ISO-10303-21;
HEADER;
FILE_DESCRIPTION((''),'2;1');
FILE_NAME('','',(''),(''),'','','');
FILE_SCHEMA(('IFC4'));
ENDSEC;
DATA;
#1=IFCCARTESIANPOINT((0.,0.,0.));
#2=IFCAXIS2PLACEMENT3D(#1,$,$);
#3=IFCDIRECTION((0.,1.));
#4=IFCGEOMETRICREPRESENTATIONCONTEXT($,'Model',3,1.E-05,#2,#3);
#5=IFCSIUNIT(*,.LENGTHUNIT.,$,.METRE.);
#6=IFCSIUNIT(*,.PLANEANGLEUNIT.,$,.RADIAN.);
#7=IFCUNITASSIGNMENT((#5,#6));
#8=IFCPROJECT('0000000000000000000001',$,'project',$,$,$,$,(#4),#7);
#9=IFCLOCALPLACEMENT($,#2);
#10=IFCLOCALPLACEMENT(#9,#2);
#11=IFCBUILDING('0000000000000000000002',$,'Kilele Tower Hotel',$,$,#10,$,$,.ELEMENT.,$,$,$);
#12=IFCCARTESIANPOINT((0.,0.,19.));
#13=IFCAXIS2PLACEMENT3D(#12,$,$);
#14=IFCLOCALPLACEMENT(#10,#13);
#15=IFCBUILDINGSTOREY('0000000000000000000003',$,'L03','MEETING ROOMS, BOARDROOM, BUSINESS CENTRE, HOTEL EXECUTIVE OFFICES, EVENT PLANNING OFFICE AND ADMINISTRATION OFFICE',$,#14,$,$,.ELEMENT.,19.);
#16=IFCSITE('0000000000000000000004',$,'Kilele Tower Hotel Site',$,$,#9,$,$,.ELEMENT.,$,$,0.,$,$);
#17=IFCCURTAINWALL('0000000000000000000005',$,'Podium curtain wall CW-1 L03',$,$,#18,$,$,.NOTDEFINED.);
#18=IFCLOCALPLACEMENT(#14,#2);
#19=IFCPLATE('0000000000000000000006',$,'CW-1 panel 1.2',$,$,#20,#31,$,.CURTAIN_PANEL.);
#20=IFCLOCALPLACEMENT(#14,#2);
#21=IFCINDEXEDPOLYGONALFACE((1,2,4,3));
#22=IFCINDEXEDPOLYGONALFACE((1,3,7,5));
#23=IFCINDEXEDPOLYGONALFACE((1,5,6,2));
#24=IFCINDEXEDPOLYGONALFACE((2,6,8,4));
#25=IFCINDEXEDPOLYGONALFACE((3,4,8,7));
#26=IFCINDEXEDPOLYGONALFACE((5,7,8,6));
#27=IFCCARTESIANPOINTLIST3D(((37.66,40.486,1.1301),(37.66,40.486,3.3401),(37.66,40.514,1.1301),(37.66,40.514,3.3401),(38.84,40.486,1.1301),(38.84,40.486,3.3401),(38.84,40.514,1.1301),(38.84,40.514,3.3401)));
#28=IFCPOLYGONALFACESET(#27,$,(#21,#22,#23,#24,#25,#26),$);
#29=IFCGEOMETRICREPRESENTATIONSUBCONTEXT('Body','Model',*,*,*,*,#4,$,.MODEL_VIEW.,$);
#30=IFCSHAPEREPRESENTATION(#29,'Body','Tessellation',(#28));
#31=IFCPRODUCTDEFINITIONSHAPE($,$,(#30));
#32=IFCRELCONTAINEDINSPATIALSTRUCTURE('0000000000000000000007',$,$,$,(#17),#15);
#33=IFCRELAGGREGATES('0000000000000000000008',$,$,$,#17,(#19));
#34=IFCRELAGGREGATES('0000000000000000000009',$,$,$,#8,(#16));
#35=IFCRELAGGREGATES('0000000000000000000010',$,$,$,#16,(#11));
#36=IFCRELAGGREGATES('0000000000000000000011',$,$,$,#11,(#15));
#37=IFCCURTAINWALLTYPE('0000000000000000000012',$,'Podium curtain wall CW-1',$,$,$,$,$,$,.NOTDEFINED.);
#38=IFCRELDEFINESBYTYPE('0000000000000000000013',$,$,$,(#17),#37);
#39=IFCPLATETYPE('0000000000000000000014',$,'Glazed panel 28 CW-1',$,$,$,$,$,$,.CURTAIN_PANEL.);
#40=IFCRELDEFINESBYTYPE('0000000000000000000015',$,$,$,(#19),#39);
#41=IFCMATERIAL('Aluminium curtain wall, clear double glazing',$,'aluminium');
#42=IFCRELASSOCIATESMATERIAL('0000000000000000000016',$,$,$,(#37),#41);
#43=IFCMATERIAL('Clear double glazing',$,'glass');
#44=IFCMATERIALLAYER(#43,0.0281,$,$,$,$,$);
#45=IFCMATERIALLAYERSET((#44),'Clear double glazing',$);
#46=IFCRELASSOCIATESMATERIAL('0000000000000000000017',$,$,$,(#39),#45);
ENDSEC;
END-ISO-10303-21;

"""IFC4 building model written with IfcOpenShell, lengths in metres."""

from ifc_helpers import new_model, si_unit, direction, frame, origin, origin_2d, place, context, subcontext, project, spatial, rectangle, extrude, material, layer, layer_set, type_object, element, aggregate, save


model = new_model("IFC4")

# Units and contexts
model_context = context("Model", 3, precision=1e-05, world=origin(), true_north=direction((0.0, 1.0)))
body_context = subcontext(model_context, "Body", "Model", "MODEL_VIEW")
ifc_project = project(units=[si_unit("LENGTHUNIT", "METRE"), si_unit("PLANEANGLEUNIT", "RADIAN")], contexts=[model_context])

# Site, building, storey
site_placement = place(None, origin())
site = spatial("IfcSite", under=ifc_project, at=site_placement, Name="Kilele Tower Hotel Site", CompositionType="ELEMENT", RefElevation=0.0)
building_placement = place(site_placement, origin())
building = spatial("IfcBuilding", under=site, at=building_placement, Name="Kilele Tower Hotel", CompositionType="ELEMENT")
storey_placement = place(building_placement, frame((0.0, 0.0, 19.0)))
storey = spatial("IfcBuildingStorey", under=building, at=storey_placement, Name="L03", Description="MEETING ROOMS, BOARDROOM, BUSINESS CENTRE, HOTEL EXECUTIVE OFFICES, EVENT PLANNING OFFICE AND ADMINISTRATION OFFICE", CompositionType="ELEMENT", Elevation=19.0)

# Shared definitions
ifc_material_1 = material(Name="Aluminium curtain wall, clear double glazing", Category="aluminium")
curtain_wall_type = type_object("IfcCurtainWallType", Name="Podium curtain wall CW-1", PredefinedType="NOTDEFINED", material=ifc_material_1)

# Curtain wall
curtain_wall_1_placement = place(storey_placement, origin())
curtain_wall_1 = element("IfcCurtainWall", 1, at=curtain_wall_1_placement, inside=storey, type_object=curtain_wall_type, Name="Podium curtain wall CW-1 L03", PredefinedType="NOTDEFINED")

# Plate
ifc_material_2 = material(Name="Clear double glazing", Category="glass")
ifc_layer = layer(ifc_material_2, 0.0281)
ifc_layer_set = layer_set([ifc_layer], Name="Clear double glazing")
plate_type = type_object("IfcPlateType", Name="Glazed panel 28 CW-1", PredefinedType="CURTAIN_PANEL", material=ifc_layer_set)
plate_1_placement = place(storey_placement, frame((38.25, 40.5, 1.1301), z_axis=(0.0, 0.0, 1.0), x_axis=(-1.0, 0.0, 0.0)))
plate_1 = element("IfcPlate", 2, at=plate_1_placement, type_object=plate_type, Name="CW-1 panel 1.2", PredefinedType="CURTAIN_PANEL", context=body_context, shape_type="SweptSolid", body=[
    extrude(rectangle(XDim=1.1799, YDim=0.0281, at=origin_2d()), origin(), (0.0, 0.0, 1.0), 2.21),
])
aggregate(curtain_wall_1, [plate_1])

save(model, "model.ifc")
